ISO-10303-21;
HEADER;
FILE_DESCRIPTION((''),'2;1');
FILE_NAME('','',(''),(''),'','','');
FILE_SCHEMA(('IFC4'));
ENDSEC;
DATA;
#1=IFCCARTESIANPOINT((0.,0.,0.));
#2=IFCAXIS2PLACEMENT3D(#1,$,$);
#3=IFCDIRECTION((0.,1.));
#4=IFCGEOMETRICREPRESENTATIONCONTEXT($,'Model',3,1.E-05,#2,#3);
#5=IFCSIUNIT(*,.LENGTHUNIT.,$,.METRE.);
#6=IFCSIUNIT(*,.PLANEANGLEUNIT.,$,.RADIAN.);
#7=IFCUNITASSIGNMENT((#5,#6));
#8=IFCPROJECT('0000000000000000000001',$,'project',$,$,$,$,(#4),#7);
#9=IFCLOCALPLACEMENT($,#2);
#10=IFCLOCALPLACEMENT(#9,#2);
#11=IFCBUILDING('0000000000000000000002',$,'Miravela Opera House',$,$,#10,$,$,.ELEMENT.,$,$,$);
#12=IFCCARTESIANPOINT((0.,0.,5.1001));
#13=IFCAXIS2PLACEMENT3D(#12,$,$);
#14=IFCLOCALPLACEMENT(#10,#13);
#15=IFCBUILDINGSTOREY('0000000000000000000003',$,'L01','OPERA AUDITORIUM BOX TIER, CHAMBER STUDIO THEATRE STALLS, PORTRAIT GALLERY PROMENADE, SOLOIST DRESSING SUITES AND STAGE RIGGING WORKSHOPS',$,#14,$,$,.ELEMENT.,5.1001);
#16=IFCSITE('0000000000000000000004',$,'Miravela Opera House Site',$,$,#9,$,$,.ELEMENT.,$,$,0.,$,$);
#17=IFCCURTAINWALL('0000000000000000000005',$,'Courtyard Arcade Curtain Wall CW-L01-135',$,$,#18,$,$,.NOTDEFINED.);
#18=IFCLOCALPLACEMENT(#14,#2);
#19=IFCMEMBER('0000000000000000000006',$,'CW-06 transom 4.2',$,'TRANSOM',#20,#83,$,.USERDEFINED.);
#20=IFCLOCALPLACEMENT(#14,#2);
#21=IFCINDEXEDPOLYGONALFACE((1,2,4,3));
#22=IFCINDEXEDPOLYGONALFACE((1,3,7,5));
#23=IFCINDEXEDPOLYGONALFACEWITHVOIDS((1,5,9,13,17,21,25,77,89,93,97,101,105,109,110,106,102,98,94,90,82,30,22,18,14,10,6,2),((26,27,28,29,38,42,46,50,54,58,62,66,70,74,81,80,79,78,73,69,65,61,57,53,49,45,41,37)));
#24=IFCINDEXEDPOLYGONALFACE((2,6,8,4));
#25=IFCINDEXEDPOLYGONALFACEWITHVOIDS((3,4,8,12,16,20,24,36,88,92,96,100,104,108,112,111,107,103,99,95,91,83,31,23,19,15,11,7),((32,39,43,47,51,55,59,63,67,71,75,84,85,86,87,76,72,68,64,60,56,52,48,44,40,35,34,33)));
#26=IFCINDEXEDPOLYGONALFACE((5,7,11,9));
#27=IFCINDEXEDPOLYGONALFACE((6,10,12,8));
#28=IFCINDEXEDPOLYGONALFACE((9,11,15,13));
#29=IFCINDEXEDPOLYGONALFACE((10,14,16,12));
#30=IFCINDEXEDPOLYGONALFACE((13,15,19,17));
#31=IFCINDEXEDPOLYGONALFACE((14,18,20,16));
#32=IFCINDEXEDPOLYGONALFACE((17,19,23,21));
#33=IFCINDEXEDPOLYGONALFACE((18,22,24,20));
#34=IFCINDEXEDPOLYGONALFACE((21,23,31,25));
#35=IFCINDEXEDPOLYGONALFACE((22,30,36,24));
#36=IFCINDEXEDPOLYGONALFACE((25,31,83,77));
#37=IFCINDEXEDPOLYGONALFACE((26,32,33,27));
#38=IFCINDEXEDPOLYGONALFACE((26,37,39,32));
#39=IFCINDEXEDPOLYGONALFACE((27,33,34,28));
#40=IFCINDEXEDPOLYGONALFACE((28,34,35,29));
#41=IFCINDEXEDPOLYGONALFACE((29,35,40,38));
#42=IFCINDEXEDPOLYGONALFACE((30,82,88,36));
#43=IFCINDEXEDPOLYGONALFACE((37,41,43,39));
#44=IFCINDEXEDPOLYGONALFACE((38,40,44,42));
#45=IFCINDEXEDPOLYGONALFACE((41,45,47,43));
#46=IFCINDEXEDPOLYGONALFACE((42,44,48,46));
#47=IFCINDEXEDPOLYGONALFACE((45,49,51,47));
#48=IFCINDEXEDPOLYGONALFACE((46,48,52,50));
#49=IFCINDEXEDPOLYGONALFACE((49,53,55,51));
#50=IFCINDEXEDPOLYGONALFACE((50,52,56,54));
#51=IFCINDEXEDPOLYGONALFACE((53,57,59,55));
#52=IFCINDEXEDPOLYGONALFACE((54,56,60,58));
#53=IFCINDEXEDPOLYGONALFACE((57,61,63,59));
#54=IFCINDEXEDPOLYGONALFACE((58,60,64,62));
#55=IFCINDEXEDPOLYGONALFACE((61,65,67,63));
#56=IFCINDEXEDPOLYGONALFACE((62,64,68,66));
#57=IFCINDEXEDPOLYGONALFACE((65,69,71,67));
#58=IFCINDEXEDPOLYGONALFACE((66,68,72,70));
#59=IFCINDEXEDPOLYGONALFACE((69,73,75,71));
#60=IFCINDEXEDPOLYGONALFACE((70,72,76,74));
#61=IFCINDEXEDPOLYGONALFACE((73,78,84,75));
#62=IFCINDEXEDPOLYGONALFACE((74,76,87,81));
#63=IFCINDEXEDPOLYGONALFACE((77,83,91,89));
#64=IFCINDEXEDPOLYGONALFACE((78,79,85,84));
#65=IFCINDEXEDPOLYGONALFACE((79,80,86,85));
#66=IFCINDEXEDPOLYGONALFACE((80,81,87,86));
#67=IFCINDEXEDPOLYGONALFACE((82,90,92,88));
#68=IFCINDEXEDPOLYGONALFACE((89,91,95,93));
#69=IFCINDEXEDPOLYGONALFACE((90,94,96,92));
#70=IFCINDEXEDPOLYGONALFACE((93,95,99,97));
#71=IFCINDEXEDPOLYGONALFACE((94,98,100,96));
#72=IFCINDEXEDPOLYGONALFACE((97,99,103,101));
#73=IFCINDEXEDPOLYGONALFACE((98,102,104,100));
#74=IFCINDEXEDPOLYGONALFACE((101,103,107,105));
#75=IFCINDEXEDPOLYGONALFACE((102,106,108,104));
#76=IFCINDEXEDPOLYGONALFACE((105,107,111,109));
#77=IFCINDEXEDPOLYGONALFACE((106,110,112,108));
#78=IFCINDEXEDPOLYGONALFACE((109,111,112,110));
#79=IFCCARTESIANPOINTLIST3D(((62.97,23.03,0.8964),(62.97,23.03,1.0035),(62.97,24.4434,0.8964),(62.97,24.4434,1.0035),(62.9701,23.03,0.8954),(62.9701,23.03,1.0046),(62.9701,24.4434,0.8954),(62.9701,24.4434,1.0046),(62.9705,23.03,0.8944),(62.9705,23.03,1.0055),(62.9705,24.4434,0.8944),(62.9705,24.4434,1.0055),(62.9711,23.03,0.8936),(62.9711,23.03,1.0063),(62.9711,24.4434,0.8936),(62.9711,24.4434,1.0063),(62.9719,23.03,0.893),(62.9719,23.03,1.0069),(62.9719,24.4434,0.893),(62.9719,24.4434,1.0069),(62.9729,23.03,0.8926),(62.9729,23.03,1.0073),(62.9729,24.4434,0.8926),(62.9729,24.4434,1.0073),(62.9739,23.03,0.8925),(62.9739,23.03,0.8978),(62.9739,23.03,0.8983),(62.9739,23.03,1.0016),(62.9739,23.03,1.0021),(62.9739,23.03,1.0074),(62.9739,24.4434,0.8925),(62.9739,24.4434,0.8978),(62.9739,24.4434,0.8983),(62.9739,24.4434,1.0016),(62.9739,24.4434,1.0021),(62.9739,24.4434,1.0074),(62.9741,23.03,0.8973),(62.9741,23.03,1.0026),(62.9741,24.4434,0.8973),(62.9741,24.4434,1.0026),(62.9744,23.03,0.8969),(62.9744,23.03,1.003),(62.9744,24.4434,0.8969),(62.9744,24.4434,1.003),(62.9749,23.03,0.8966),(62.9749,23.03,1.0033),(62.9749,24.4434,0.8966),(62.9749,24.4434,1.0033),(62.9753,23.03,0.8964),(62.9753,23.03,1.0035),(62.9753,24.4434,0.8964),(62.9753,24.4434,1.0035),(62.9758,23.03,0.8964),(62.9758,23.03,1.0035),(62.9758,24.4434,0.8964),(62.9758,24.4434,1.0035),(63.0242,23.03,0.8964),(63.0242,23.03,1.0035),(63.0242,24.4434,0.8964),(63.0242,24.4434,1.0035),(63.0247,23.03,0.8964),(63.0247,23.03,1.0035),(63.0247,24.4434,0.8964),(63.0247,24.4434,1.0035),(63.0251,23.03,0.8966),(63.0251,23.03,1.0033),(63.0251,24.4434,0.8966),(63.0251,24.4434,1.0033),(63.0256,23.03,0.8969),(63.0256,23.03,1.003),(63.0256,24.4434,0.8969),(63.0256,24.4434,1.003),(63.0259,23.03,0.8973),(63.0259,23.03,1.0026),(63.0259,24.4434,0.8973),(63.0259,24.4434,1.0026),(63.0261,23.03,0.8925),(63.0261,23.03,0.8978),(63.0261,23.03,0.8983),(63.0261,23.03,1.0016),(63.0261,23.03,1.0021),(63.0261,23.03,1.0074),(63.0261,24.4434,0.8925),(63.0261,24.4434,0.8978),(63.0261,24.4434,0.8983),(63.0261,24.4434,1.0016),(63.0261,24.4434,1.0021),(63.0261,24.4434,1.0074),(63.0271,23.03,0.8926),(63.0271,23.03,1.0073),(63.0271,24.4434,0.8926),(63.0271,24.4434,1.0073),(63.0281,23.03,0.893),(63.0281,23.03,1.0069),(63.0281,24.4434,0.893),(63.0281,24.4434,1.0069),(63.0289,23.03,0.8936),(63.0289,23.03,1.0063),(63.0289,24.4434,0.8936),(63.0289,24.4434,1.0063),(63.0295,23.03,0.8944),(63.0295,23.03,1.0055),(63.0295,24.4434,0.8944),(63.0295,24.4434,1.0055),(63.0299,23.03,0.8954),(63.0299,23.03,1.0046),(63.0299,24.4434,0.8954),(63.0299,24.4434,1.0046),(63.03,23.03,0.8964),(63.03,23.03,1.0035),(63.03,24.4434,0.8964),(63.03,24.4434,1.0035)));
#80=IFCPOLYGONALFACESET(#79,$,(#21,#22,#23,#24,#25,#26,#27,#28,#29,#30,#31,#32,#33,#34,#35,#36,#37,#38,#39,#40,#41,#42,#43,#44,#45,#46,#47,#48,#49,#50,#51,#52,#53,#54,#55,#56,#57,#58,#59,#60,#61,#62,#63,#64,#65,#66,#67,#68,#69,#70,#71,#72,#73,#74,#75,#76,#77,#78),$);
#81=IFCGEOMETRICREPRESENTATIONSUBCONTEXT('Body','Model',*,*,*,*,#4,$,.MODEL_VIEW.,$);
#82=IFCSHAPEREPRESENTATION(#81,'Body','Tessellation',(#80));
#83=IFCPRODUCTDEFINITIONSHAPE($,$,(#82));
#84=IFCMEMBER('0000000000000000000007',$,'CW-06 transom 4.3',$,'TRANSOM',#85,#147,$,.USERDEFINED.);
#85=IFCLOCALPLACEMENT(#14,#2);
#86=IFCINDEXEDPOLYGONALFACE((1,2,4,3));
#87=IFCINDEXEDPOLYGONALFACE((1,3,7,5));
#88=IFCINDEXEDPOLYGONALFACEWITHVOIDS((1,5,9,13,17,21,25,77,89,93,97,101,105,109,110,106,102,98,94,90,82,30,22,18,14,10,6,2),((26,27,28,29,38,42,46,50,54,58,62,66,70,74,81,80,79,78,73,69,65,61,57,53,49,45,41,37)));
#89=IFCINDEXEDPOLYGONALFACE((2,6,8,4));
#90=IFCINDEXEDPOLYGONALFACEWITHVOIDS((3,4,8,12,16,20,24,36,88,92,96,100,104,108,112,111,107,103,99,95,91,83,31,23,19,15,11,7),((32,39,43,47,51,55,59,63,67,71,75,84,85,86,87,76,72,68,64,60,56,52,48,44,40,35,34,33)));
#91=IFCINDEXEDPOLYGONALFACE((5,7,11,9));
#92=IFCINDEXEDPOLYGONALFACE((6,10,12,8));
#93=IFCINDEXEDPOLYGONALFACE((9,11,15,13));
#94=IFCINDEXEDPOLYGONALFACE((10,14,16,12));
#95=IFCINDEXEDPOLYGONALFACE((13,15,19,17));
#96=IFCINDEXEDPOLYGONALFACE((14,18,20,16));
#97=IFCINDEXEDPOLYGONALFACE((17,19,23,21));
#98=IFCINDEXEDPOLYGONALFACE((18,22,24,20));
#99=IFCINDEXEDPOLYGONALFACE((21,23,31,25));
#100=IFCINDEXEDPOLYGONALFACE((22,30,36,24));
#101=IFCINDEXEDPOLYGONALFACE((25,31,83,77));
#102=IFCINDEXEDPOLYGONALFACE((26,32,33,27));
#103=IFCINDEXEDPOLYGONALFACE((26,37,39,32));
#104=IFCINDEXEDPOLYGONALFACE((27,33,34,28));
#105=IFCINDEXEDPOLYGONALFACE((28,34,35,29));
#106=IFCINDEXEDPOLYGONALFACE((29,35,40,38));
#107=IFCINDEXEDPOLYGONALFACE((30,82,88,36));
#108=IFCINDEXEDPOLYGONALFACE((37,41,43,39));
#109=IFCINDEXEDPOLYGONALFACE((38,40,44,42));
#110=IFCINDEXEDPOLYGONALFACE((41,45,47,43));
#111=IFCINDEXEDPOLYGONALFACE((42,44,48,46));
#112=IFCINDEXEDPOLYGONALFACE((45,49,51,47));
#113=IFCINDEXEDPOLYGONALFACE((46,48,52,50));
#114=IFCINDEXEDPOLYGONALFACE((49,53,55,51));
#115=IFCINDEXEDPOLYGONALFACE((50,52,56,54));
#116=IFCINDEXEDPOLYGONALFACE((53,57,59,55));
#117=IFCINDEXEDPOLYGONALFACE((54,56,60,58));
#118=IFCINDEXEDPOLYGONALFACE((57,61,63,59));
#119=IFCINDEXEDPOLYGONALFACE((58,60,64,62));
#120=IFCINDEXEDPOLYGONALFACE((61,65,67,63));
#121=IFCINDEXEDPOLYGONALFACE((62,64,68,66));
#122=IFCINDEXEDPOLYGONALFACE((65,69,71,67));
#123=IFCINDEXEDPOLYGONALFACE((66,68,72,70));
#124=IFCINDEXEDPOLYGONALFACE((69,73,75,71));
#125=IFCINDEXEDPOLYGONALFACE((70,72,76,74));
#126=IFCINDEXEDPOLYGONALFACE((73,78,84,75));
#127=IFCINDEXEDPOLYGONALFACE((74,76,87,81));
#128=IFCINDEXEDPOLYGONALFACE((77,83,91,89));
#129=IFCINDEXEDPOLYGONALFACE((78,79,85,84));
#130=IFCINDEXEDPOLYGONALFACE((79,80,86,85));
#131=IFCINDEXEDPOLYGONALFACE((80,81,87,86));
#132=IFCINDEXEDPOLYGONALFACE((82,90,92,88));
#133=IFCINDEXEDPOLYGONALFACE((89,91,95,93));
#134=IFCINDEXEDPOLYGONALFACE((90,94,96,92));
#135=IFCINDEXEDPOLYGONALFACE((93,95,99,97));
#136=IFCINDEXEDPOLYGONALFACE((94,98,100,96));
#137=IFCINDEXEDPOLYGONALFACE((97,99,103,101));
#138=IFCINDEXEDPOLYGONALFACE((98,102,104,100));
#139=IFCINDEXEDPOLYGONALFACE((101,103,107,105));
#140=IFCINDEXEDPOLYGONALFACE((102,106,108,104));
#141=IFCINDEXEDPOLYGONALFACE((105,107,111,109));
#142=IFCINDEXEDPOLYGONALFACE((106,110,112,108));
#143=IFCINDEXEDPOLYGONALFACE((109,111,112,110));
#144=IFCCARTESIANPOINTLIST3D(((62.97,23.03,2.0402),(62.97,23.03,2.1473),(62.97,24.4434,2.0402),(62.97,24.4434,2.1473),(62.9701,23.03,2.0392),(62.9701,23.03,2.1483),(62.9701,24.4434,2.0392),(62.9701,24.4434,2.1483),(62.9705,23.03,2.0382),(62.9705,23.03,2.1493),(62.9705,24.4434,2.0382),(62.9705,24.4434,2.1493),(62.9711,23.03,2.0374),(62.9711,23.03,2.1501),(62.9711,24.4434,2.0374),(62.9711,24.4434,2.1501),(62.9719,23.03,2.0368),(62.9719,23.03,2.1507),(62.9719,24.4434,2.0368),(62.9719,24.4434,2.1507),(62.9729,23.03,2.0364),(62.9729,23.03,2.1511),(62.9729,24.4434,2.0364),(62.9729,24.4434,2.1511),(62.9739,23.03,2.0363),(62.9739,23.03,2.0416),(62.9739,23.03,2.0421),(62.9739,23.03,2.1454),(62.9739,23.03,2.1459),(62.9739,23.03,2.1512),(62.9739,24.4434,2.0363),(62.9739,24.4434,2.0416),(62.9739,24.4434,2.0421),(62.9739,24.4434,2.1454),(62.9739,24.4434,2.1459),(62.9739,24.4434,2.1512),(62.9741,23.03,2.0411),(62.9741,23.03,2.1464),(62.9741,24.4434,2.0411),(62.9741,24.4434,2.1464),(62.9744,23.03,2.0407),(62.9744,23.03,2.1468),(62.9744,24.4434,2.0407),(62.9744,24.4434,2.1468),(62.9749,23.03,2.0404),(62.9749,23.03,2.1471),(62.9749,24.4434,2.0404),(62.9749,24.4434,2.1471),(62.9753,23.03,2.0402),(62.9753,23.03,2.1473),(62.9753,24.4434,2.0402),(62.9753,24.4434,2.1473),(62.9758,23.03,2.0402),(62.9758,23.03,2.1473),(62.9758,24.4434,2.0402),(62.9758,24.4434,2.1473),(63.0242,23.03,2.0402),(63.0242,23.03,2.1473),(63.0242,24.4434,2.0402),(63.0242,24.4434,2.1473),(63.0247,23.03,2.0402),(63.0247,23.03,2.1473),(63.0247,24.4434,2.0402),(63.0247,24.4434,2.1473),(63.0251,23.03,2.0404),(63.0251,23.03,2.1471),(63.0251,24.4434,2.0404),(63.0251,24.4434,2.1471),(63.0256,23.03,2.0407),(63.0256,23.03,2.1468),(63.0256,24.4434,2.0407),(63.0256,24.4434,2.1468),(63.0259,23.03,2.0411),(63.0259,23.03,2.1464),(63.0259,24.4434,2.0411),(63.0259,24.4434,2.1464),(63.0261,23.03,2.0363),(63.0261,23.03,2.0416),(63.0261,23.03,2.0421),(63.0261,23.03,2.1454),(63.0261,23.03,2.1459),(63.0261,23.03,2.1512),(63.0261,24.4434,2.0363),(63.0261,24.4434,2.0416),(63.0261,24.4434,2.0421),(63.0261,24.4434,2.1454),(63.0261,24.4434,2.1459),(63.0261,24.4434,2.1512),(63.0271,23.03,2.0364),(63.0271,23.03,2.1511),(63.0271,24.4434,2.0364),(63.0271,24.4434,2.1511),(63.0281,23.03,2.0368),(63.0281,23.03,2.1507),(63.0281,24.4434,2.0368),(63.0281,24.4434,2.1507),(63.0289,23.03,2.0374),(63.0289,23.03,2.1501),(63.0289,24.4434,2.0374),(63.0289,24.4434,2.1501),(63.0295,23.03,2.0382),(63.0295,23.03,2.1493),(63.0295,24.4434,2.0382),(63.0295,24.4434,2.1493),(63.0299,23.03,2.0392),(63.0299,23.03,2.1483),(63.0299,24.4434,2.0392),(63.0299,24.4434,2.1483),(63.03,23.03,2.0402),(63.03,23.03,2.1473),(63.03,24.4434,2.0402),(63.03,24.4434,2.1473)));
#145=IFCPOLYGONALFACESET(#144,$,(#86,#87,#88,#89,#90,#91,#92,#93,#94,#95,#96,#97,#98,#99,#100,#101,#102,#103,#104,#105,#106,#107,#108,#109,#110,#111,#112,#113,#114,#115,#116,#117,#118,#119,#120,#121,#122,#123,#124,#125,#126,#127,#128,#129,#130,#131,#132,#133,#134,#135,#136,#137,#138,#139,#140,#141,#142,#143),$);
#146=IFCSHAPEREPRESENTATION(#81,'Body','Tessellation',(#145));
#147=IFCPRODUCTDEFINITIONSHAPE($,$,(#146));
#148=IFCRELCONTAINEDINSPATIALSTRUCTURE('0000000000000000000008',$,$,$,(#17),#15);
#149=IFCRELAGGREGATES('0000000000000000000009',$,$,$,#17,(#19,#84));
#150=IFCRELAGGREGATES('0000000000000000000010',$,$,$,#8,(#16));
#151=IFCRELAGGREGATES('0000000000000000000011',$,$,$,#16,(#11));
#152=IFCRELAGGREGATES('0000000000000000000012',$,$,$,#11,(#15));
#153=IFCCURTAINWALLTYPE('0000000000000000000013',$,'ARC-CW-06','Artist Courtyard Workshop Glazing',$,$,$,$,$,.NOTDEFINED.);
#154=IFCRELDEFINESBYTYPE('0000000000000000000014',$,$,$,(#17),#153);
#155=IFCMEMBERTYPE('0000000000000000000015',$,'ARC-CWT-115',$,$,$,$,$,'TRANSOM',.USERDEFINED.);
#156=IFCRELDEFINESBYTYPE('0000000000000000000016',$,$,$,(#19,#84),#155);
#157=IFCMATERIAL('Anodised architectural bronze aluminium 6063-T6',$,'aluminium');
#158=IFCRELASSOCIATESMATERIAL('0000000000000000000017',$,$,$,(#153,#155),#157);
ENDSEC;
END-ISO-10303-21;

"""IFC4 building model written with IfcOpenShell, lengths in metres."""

from ifc_helpers import new_model, si_unit, direction, frame, origin, origin_2d, place, context, subcontext, project, spatial, hollow_rectangle, extrude, material, material_profile, profile_set, type_object, element, aggregate, save


model = new_model("IFC4")

# Units and contexts
model_context = context("Model", 3, precision=1e-05, world=origin(), true_north=direction((0.0, 1.0)))
body_context = subcontext(model_context, "Body", "Model", "MODEL_VIEW")
ifc_project = project(units=[si_unit("LENGTHUNIT", "METRE"), si_unit("PLANEANGLEUNIT", "RADIAN")], contexts=[model_context])

# Site, building, storey
site_placement = place(None, origin())
site = spatial("IfcSite", under=ifc_project, at=site_placement, Name="Miravela Opera House Site", CompositionType="ELEMENT", RefElevation=0.0)
building_placement = place(site_placement, origin())
building = spatial("IfcBuilding", under=site, at=building_placement, Name="Miravela Opera House", CompositionType="ELEMENT")
storey_placement = place(building_placement, frame((0.0, 0.0, 5.1001)))
storey = spatial("IfcBuildingStorey", under=building, at=storey_placement, Name="L01", Description="OPERA AUDITORIUM BOX TIER, CHAMBER STUDIO THEATRE STALLS, PORTRAIT GALLERY PROMENADE, SOLOIST DRESSING SUITES AND STAGE RIGGING WORKSHOPS", CompositionType="ELEMENT", Elevation=5.1001)

# Curtain wall, members
ifc_material_1 = material(Name="Anodised architectural bronze aluminium 6063-T6", Category="aluminium")
curtain_wall_type = type_object("IfcCurtainWallType", Name="ARC-CW-06", Description="Artist Courtyard Workshop Glazing", PredefinedType="NOTDEFINED", material=ifc_material_1)
curtain_wall_placement = place(storey_placement, origin())
curtain_wall = element("IfcCurtainWall", 1, at=curtain_wall_placement, inside=storey, type_object=curtain_wall_type, Name="Courtyard Arcade Curtain Wall CW-L01-135", PredefinedType="NOTDEFINED")
ifc_material_profile_1 = material_profile(ifc_material_1, hollow_rectangle(XDim=0.0601, YDim=0.115, WallThickness=0.0039, InnerFilletRadius=0.002, OuterFilletRadius=0.0039, at=origin_2d()), Name="CWT-60X115")
ifc_profile_set_1 = profile_set([ifc_material_profile_1])
member_type_1 = type_object("IfcMemberType", Name="ARC-CWT-115", ElementType="TRANSOM", PredefinedType="USERDEFINED", material=ifc_profile_set_1)
member_1_placement = place(storey_placement, frame((63.0, 23.03, 0.95), z_axis=(0.0, 1.0, 0.0), x_axis=(-1.0, 0.0, 0.0)))
member_1 = element("IfcMember", 2, at=member_1_placement, type_object=member_type_1, Name="CW-06 transom 4.2", ObjectType="TRANSOM", PredefinedType="USERDEFINED", context=body_context, shape_type="SweptSolid", body=[
    extrude(hollow_rectangle(XDim=0.0601, YDim=0.115, WallThickness=0.0039, InnerFilletRadius=0.002, OuterFilletRadius=0.0039, at=origin_2d()), origin(), (0.0, 0.0, 1.0), 1.4133),
])
member_2_placement = place(storey_placement, frame((63.0, 23.03, 2.0938), z_axis=(0.0, 1.0, 0.0), x_axis=(-1.0, 0.0, 0.0)))
member_2 = element("IfcMember", 3, at=member_2_placement, type_object=member_type_1, Name="CW-06 transom 4.3", ObjectType="TRANSOM", PredefinedType="USERDEFINED", context=body_context, shape_type="SweptSolid", body=[
    extrude(hollow_rectangle(XDim=0.0601, YDim=0.115, WallThickness=0.0039, InnerFilletRadius=0.002, OuterFilletRadius=0.0039, at=origin_2d()), origin(), (0.0, 0.0, 1.0), 1.4133),
])

aggregate(curtain_wall, [member_1, member_2])

save(model, "model.ifc")
